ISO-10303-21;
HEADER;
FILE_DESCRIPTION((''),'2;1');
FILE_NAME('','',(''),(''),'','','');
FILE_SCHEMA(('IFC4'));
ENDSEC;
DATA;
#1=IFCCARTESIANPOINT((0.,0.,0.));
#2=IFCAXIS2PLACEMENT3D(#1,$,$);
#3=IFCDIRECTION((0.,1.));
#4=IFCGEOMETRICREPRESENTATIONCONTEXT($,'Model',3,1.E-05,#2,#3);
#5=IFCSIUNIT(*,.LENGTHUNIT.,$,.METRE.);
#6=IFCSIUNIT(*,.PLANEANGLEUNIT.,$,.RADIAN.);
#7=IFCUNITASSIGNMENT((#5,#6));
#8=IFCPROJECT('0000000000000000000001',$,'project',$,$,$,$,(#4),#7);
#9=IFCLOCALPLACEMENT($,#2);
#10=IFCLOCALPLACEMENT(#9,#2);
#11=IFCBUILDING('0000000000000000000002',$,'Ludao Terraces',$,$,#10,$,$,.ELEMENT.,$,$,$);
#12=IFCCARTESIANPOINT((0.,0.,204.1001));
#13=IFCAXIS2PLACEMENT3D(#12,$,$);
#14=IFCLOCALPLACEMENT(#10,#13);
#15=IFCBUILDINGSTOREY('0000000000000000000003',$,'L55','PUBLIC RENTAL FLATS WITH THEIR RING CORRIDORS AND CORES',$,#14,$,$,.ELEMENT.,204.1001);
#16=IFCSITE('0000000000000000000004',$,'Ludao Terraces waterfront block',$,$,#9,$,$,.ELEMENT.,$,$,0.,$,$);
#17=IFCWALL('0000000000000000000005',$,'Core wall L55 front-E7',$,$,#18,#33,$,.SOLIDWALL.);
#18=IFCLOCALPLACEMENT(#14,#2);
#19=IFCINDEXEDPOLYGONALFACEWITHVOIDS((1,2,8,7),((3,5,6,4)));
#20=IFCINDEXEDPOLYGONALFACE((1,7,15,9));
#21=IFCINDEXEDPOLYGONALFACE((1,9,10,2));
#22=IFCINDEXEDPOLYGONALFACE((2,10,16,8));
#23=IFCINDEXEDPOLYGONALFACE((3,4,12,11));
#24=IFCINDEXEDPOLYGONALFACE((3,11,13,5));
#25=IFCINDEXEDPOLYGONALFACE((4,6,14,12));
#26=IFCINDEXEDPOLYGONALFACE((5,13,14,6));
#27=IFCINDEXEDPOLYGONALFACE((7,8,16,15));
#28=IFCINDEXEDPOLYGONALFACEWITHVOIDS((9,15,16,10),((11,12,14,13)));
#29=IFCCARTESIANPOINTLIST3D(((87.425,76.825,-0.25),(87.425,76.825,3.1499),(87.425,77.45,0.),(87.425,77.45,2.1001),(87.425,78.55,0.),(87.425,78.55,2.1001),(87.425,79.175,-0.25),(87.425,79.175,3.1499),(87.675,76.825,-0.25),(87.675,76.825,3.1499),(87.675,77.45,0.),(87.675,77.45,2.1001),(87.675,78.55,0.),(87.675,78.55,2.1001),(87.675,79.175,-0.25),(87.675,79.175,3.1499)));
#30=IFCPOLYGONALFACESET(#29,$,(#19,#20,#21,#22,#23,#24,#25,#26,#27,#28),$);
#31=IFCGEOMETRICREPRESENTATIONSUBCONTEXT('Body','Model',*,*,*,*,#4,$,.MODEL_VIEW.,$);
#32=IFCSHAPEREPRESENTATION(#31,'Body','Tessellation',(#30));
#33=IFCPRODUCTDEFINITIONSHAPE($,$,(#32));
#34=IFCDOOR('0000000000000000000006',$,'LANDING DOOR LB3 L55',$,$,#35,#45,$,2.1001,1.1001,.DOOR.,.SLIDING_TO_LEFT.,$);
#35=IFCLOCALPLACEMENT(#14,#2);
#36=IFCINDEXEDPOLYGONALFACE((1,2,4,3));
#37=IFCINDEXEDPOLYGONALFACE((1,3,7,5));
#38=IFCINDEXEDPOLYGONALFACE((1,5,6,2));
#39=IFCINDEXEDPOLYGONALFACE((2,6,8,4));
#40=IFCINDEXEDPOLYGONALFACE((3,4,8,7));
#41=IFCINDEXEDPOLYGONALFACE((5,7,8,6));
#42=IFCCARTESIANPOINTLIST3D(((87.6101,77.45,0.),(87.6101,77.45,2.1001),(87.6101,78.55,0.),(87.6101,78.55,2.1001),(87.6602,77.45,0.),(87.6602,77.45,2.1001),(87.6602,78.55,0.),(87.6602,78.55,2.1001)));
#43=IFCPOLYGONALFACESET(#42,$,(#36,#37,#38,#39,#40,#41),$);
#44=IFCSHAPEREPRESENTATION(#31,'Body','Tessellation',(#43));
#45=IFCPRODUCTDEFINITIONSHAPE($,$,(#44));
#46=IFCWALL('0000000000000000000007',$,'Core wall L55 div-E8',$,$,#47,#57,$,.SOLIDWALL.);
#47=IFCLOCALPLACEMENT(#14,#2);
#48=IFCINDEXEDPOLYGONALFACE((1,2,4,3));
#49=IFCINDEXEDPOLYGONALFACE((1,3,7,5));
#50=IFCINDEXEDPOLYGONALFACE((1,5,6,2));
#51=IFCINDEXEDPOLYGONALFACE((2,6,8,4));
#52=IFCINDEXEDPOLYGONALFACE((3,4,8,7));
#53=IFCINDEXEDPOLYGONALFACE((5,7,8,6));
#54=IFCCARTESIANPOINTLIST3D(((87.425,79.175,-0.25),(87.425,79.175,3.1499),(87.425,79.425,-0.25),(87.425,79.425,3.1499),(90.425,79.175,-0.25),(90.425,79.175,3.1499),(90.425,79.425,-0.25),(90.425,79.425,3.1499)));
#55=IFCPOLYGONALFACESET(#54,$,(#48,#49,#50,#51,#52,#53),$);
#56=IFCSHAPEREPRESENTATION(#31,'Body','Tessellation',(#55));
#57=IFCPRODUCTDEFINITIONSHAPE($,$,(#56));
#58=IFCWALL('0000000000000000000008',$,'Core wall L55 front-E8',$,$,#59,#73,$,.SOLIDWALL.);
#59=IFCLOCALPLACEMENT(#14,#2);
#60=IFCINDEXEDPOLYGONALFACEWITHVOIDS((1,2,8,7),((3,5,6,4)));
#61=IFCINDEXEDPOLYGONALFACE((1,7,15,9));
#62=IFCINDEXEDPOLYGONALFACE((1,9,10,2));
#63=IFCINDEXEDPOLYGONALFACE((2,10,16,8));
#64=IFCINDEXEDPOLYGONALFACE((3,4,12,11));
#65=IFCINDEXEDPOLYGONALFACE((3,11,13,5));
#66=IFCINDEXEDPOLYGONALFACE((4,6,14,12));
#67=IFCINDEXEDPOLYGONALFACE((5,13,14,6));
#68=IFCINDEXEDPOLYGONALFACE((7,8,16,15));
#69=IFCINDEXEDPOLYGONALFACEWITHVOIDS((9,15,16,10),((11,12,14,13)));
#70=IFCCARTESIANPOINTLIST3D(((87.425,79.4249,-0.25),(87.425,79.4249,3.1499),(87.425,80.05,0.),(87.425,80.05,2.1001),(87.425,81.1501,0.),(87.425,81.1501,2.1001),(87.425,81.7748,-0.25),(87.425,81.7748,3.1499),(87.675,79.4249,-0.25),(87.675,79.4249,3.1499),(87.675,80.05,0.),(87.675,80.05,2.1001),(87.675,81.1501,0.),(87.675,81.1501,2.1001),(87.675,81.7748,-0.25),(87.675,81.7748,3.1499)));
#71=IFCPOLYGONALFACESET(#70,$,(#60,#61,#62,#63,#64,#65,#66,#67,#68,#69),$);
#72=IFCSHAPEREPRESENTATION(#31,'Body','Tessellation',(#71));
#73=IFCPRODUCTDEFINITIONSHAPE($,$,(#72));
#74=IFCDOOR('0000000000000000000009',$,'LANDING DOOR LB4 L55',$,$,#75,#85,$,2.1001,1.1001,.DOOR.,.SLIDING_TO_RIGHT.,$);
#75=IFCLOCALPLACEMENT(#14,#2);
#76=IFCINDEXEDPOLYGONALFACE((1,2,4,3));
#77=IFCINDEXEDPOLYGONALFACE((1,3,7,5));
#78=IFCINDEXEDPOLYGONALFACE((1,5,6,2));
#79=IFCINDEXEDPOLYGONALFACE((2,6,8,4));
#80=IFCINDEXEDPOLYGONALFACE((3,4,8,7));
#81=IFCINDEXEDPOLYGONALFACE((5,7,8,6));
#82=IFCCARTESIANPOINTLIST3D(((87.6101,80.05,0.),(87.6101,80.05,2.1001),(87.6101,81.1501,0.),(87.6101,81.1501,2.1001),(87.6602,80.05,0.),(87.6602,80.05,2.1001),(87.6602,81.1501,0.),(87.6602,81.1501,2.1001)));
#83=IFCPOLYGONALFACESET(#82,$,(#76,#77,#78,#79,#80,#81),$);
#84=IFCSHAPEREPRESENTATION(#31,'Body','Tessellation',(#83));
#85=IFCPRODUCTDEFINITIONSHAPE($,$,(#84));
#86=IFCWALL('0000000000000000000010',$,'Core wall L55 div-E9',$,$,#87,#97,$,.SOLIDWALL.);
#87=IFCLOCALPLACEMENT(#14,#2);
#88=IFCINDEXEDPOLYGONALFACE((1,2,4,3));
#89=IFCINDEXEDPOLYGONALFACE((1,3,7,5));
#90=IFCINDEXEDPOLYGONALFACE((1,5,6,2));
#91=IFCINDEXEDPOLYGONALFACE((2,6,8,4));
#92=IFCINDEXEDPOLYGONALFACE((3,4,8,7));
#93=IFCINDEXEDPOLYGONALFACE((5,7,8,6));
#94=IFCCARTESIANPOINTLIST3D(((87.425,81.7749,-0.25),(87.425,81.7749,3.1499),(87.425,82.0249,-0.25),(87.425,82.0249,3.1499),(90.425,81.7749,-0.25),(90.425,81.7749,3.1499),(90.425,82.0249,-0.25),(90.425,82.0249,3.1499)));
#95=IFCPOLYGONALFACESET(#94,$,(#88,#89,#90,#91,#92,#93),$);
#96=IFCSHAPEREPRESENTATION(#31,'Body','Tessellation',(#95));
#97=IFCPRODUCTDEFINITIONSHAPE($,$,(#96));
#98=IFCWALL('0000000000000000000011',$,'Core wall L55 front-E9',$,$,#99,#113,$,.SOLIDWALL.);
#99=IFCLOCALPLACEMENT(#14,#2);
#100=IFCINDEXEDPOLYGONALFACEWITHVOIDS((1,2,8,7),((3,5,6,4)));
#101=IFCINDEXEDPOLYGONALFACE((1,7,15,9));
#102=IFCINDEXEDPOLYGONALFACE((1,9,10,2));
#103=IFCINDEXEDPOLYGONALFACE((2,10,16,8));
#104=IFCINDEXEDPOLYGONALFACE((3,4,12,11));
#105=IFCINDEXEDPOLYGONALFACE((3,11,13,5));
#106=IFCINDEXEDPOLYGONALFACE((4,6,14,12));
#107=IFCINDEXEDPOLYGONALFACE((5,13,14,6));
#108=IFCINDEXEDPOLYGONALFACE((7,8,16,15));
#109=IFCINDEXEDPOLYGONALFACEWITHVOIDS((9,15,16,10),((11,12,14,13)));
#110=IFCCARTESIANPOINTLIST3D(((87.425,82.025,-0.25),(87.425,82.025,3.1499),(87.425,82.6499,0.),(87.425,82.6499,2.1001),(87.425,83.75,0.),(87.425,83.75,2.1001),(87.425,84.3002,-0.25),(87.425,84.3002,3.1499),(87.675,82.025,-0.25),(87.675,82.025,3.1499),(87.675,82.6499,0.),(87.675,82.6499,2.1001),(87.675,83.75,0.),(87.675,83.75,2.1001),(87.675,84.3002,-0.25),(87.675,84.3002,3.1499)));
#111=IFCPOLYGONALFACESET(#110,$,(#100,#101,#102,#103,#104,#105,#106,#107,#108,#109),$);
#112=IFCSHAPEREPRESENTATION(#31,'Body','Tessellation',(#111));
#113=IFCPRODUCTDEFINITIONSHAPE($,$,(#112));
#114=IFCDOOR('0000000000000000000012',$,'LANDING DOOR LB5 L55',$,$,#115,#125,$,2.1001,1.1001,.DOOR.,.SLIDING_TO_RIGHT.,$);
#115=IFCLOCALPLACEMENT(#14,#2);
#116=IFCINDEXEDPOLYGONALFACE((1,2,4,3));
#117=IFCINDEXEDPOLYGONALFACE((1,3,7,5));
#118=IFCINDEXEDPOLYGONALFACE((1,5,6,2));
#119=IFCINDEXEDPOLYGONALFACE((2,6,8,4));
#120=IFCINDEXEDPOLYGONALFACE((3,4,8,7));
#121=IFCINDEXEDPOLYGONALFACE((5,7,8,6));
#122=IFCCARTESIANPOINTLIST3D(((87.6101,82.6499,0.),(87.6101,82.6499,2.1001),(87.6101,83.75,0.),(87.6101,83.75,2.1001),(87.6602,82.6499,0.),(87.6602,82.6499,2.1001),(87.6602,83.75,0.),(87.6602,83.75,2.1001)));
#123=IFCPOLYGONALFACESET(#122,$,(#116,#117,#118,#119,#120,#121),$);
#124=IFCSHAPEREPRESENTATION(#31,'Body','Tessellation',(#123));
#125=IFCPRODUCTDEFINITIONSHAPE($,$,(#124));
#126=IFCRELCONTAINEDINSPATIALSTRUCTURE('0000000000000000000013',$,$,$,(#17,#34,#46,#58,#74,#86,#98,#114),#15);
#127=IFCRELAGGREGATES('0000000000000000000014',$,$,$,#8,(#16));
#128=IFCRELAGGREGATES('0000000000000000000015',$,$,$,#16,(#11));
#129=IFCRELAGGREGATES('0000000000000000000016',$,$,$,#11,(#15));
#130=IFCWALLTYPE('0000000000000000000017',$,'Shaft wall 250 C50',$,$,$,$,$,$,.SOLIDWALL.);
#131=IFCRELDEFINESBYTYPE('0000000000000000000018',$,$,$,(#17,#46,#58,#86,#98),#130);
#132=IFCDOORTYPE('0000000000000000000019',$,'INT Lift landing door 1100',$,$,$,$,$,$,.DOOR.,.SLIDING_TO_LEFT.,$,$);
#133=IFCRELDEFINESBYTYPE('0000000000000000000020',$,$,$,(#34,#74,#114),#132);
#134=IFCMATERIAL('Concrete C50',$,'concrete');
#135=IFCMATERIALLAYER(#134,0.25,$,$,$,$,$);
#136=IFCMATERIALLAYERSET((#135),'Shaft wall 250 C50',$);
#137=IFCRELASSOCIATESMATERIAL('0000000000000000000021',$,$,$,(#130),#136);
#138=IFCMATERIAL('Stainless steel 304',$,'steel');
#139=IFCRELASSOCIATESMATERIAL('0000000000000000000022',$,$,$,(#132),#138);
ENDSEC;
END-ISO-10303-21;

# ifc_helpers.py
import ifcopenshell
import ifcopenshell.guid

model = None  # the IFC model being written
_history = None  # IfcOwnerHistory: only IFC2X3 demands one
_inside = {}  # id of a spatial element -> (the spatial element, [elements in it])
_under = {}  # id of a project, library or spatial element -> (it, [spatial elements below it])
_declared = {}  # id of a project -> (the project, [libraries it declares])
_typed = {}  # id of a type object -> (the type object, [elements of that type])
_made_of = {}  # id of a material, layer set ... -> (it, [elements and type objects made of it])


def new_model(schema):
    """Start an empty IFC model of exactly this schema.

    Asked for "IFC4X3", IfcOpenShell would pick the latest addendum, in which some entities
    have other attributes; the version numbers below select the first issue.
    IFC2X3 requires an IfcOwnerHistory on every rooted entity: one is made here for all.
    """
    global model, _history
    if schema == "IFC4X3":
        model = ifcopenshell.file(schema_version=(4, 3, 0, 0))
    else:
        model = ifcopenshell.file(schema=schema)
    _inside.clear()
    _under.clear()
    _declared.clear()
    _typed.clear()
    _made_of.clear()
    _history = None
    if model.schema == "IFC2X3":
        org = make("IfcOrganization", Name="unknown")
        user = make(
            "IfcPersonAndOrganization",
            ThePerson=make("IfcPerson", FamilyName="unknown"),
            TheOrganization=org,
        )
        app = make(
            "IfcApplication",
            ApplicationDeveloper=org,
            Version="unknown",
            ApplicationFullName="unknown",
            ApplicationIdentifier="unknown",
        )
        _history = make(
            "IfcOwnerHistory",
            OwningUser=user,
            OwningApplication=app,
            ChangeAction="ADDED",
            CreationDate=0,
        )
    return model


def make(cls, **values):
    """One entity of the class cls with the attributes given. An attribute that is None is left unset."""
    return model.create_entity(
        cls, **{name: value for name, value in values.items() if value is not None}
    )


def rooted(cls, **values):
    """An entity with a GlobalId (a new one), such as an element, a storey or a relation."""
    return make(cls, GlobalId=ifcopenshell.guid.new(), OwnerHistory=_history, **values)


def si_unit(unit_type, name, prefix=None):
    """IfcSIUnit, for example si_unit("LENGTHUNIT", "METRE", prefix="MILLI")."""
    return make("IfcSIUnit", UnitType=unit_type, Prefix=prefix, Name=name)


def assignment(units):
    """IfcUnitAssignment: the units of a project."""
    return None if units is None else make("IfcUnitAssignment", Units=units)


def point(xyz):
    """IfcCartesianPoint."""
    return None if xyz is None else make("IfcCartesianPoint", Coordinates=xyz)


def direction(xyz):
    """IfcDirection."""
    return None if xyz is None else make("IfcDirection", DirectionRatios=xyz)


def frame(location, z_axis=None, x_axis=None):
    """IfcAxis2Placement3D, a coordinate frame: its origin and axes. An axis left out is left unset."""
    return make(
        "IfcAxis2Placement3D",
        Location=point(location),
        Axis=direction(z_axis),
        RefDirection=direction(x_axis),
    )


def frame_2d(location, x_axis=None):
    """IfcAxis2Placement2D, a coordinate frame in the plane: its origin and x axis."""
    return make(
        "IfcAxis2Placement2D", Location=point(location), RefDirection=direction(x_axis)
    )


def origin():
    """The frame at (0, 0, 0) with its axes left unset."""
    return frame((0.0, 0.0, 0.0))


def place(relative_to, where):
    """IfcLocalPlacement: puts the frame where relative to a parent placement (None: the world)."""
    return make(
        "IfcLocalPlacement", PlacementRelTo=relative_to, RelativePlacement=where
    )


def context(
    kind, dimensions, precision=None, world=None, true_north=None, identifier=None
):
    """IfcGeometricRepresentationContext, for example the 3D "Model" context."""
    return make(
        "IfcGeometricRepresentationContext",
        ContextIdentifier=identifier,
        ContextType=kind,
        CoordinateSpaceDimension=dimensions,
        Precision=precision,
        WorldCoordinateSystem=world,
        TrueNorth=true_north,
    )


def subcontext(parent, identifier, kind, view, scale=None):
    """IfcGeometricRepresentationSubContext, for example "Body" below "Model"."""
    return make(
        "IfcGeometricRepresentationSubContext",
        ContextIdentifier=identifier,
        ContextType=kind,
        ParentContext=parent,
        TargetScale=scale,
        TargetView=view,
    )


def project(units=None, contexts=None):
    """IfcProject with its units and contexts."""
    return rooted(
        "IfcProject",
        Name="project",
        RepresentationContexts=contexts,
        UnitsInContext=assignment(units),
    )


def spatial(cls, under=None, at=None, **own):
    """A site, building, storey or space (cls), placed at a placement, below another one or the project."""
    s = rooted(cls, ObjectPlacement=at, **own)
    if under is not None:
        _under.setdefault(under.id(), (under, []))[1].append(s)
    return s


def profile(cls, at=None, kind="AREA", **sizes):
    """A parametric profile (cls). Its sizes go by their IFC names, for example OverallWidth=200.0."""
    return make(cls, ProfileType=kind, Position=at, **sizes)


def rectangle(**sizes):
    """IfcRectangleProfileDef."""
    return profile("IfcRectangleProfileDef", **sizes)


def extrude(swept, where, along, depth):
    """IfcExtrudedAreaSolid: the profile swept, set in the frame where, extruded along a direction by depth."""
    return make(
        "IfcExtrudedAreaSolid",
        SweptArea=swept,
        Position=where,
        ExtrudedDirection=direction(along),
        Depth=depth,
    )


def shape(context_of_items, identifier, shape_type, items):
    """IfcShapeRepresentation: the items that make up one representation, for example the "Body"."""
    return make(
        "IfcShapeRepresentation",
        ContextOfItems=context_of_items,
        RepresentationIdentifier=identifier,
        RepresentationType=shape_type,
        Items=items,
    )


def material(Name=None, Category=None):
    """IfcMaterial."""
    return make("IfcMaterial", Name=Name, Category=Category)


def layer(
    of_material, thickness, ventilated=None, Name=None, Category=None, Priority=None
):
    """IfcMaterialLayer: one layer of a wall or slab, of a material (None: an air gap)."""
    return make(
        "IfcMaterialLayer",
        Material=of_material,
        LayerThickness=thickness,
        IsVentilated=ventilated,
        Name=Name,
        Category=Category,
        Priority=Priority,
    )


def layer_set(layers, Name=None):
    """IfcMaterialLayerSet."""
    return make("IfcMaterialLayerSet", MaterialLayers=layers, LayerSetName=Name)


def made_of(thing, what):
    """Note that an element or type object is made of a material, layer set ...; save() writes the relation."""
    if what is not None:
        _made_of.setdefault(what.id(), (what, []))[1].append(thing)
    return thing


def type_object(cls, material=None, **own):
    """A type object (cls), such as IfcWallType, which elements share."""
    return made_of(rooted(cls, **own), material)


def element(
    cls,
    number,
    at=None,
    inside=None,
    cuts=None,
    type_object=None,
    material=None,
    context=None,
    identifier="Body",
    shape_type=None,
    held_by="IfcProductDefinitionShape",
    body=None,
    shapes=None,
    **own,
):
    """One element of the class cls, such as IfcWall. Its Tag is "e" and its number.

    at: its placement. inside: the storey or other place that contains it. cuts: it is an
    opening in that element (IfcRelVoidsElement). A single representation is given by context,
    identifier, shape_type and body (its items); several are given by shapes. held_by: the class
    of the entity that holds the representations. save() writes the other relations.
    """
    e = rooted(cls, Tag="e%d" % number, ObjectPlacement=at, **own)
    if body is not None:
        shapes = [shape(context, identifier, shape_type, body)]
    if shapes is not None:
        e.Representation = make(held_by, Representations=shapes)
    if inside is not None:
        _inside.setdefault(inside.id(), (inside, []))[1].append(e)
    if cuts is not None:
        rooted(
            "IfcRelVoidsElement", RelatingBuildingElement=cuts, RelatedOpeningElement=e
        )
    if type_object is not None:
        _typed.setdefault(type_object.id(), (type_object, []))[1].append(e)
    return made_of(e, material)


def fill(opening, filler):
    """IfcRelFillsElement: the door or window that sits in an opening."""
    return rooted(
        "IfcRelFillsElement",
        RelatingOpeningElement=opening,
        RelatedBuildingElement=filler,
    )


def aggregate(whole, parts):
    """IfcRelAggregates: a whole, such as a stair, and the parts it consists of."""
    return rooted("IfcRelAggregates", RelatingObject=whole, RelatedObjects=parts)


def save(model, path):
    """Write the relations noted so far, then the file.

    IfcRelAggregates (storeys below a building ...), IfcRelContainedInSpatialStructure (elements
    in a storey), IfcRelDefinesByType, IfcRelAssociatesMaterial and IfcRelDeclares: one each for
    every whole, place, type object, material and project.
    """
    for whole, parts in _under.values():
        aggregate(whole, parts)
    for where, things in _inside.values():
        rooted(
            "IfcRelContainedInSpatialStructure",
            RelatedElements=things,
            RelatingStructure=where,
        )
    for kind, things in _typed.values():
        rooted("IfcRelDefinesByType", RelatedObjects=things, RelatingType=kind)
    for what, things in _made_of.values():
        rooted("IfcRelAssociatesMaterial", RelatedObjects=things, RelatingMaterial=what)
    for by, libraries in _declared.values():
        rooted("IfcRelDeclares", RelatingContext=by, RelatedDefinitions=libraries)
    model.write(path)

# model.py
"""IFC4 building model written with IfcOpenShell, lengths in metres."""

from ifc_helpers import new_model, si_unit, direction, frame, frame_2d, origin, place, context, subcontext, project, spatial, rectangle, extrude, material, layer, layer_set, type_object, element, fill, save


model = new_model("IFC4")

# Units and contexts
model_context = context("Model", 3, precision=1e-05, world=origin(), true_north=direction((0.0, 1.0)))
body_context = subcontext(model_context, "Body", "Model", "MODEL_VIEW")
ifc_project = project(units=[si_unit("LENGTHUNIT", "METRE"), si_unit("PLANEANGLEUNIT", "RADIAN")], contexts=[model_context])

# Site, building, storey
site_placement = place(None, origin())
site = spatial("IfcSite", under=ifc_project, at=site_placement, Name="Ludao Terraces waterfront block", CompositionType="ELEMENT", RefElevation=0.0)
building_placement = place(site_placement, origin())
building = spatial("IfcBuilding", under=site, at=building_placement, Name="Ludao Terraces", CompositionType="ELEMENT")
storey_placement = place(building_placement, frame((0.0, 0.0, 204.1001)))
storey = spatial("IfcBuildingStorey", under=building, at=storey_placement, Name="L55", Description="PUBLIC RENTAL FLATS WITH THEIR RING CORRIDORS AND CORES", CompositionType="ELEMENT", Elevation=204.1001)

# Wall, opening, door
ifc_material_1 = material(Name="Concrete C50", Category="concrete")
ifc_layer_1 = layer(ifc_material_1, 0.25)
ifc_layer_set_1 = layer_set([ifc_layer_1], Name="Shaft wall 250 C50")
wall_type_1 = type_object("IfcWallType", Name="Shaft wall 250 C50", PredefinedType="SOLIDWALL", material=ifc_layer_set_1)
ifc_material_2 = material(Name="Stainless steel 304", Category="steel")
door_type_1 = type_object("IfcDoorType", Name="INT Lift landing door 1100", OperationType="SLIDING_TO_LEFT", PredefinedType="DOOR", material=ifc_material_2)
wall_1_placement = place(storey_placement, frame((87.55, 76.825, -0.25), z_axis=(0.0, 0.0, 1.0), x_axis=(0.0, 1.0, 0.0)))
wall_1 = element("IfcWall", 1, at=wall_1_placement, inside=storey, type_object=wall_type_1, Name="Core wall L55 front-E7", PredefinedType="SOLIDWALL", context=body_context, shape_type="SweptSolid", body=[
    extrude(rectangle(XDim=2.3501, YDim=0.25, at=frame_2d((1.175, 0.0))), origin(), (0.0, 0.0, 1.0), 3.3999),
])
opening_1_placement = place(wall_1_placement, frame((0.625, 0.0, 0.25)))
opening_1 = element("IfcOpeningElement", 2, at=opening_1_placement, cuts=wall_1, PredefinedType="OPENING", context=body_context, shape_type="SweptSolid", body=[
    extrude(rectangle(XDim=1.1001, YDim=2.1001, at=frame_2d((0.55, 1.05))), frame((0.0, 0.135, 0.0), z_axis=(0.0, -1.0, 0.0), x_axis=(1.0, 0.0, 0.0)), (0.0, 0.0, 1.0), 0.27),
])
door_1_placement = place(opening_1_placement, origin())
door_1 = element("IfcDoor", 3, at=door_1_placement, inside=storey, type_object=door_type_1, Name="LANDING DOOR LB3 L55", OperationType="SLIDING_TO_LEFT", OverallHeight=2.1001, OverallWidth=1.1001, PredefinedType="DOOR", context=body_context, shape_type="SweptSolid", body=[
    extrude(rectangle(XDim=1.1001, YDim=2.1001, at=frame_2d((0.55, 1.05))), frame((0.0, -0.0601, 0.0), z_axis=(0.0, -1.0, 0.0), x_axis=(1.0, 0.0, 0.0)), (0.0, 0.0, 1.0), 0.05),
])
fill(opening_1, door_1)

# Wall
wall_2_placement = place(storey_placement, frame((87.425, 79.3, -0.25), z_axis=(0.0, 0.0, 1.0), x_axis=(1.0, 0.0, 0.0)))
element("IfcWall", 4, at=wall_2_placement, inside=storey, type_object=wall_type_1, Name="Core wall L55 div-E8", PredefinedType="SOLIDWALL", context=body_context, shape_type="SweptSolid", body=[
    extrude(rectangle(XDim=3.0, YDim=0.25, at=frame_2d((1.5, 0.0))), origin(), (0.0, 0.0, 1.0), 3.3999),
])

# Wall, opening, door
wall_3_placement = place(storey_placement, frame((87.55, 79.425, -0.25), z_axis=(0.0, 0.0, 1.0), x_axis=(0.0, 1.0, 0.0)))
wall_3 = element("IfcWall", 5, at=wall_3_placement, inside=storey, type_object=wall_type_1, Name="Core wall L55 front-E8", PredefinedType="SOLIDWALL", context=body_context, shape_type="SweptSolid", body=[
    extrude(rectangle(XDim=2.3499, YDim=0.25, at=frame_2d((1.1748, 0.0))), origin(), (0.0, 0.0, 1.0), 3.3999),
])
opening_2_placement = place(wall_3_placement, frame((0.625, 0.0, 0.25)))
opening_2 = element("IfcOpeningElement", 6, at=opening_2_placement, cuts=wall_3, PredefinedType="OPENING", context=body_context, shape_type="SweptSolid", body=[
    extrude(rectangle(XDim=1.1001, YDim=2.1001, at=frame_2d((0.55, 1.05))), frame((0.0, 0.135, 0.0), z_axis=(0.0, -1.0, 0.0), x_axis=(1.0, 0.0, 0.0)), (0.0, 0.0, 1.0), 0.27),
])
door_2_placement = place(opening_2_placement, origin())
door_2 = element("IfcDoor", 7, at=door_2_placement, inside=storey, type_object=door_type_1, Name="LANDING DOOR LB4 L55", OperationType="SLIDING_TO_RIGHT", OverallHeight=2.1001, OverallWidth=1.1001, PredefinedType="DOOR", context=body_context, shape_type="SweptSolid", body=[
    extrude(rectangle(XDim=1.1001, YDim=2.1001, at=frame_2d((0.55, 1.05))), frame((0.0, -0.0601, 0.0), z_axis=(0.0, -1.0, 0.0), x_axis=(1.0, 0.0, 0.0)), (0.0, 0.0, 1.0), 0.05),
])
fill(opening_2, door_2)

# Wall
wall_4_placement = place(storey_placement, frame((87.425, 81.8999, -0.25), z_axis=(0.0, 0.0, 1.0), x_axis=(1.0, 0.0, 0.0)))
element("IfcWall", 8, at=wall_4_placement, inside=storey, type_object=wall_type_1, Name="Core wall L55 div-E9", PredefinedType="SOLIDWALL", context=body_context, shape_type="SweptSolid", body=[
    extrude(rectangle(XDim=3.0, YDim=0.25, at=frame_2d((1.5, 0.0))), origin(), (0.0, 0.0, 1.0), 3.3999),
])

# Wall, opening, door
wall_5_placement = place(storey_placement, frame((87.55, 82.0249, -0.25), z_axis=(0.0, 0.0, 1.0), x_axis=(0.0, 1.0, 0.0)))
wall_5 = element("IfcWall", 9, at=wall_5_placement, inside=storey, type_object=wall_type_1, Name="Core wall L55 front-E9", PredefinedType="SOLIDWALL", context=body_context, shape_type="SweptSolid", body=[
    extrude(rectangle(XDim=2.2751, YDim=0.25, at=frame_2d((1.1377, 0.0))), origin(), (0.0, 0.0, 1.0), 3.3999),
])
opening_3_placement = place(wall_5_placement, frame((0.625, 0.0, 0.25)))
opening_3 = element("IfcOpeningElement", 10, at=opening_3_placement, cuts=wall_5, PredefinedType="OPENING", context=body_context, shape_type="SweptSolid", body=[
    extrude(rectangle(XDim=1.1001, YDim=2.1001, at=frame_2d((0.55, 1.05))), frame((0.0, 0.135, 0.0), z_axis=(0.0, -1.0, 0.0), x_axis=(1.0, 0.0, 0.0)), (0.0, 0.0, 1.0), 0.27),
])
door_3_placement = place(opening_3_placement, origin())
door_3 = element("IfcDoor", 11, at=door_3_placement, inside=storey, type_object=door_type_1, Name="LANDING DOOR LB5 L55", OperationType="SLIDING_TO_RIGHT", OverallHeight=2.1001, OverallWidth=1.1001, PredefinedType="DOOR", context=body_context, shape_type="SweptSolid", body=[
    extrude(rectangle(XDim=1.1001, YDim=2.1001, at=frame_2d((0.55, 1.05))), frame((0.0, -0.0601, 0.0), z_axis=(0.0, -1.0, 0.0), x_axis=(1.0, 0.0, 0.0)), (0.0, 0.0, 1.0), 0.05),
])
fill(opening_3, door_3)

save(model, "model.ifc")
